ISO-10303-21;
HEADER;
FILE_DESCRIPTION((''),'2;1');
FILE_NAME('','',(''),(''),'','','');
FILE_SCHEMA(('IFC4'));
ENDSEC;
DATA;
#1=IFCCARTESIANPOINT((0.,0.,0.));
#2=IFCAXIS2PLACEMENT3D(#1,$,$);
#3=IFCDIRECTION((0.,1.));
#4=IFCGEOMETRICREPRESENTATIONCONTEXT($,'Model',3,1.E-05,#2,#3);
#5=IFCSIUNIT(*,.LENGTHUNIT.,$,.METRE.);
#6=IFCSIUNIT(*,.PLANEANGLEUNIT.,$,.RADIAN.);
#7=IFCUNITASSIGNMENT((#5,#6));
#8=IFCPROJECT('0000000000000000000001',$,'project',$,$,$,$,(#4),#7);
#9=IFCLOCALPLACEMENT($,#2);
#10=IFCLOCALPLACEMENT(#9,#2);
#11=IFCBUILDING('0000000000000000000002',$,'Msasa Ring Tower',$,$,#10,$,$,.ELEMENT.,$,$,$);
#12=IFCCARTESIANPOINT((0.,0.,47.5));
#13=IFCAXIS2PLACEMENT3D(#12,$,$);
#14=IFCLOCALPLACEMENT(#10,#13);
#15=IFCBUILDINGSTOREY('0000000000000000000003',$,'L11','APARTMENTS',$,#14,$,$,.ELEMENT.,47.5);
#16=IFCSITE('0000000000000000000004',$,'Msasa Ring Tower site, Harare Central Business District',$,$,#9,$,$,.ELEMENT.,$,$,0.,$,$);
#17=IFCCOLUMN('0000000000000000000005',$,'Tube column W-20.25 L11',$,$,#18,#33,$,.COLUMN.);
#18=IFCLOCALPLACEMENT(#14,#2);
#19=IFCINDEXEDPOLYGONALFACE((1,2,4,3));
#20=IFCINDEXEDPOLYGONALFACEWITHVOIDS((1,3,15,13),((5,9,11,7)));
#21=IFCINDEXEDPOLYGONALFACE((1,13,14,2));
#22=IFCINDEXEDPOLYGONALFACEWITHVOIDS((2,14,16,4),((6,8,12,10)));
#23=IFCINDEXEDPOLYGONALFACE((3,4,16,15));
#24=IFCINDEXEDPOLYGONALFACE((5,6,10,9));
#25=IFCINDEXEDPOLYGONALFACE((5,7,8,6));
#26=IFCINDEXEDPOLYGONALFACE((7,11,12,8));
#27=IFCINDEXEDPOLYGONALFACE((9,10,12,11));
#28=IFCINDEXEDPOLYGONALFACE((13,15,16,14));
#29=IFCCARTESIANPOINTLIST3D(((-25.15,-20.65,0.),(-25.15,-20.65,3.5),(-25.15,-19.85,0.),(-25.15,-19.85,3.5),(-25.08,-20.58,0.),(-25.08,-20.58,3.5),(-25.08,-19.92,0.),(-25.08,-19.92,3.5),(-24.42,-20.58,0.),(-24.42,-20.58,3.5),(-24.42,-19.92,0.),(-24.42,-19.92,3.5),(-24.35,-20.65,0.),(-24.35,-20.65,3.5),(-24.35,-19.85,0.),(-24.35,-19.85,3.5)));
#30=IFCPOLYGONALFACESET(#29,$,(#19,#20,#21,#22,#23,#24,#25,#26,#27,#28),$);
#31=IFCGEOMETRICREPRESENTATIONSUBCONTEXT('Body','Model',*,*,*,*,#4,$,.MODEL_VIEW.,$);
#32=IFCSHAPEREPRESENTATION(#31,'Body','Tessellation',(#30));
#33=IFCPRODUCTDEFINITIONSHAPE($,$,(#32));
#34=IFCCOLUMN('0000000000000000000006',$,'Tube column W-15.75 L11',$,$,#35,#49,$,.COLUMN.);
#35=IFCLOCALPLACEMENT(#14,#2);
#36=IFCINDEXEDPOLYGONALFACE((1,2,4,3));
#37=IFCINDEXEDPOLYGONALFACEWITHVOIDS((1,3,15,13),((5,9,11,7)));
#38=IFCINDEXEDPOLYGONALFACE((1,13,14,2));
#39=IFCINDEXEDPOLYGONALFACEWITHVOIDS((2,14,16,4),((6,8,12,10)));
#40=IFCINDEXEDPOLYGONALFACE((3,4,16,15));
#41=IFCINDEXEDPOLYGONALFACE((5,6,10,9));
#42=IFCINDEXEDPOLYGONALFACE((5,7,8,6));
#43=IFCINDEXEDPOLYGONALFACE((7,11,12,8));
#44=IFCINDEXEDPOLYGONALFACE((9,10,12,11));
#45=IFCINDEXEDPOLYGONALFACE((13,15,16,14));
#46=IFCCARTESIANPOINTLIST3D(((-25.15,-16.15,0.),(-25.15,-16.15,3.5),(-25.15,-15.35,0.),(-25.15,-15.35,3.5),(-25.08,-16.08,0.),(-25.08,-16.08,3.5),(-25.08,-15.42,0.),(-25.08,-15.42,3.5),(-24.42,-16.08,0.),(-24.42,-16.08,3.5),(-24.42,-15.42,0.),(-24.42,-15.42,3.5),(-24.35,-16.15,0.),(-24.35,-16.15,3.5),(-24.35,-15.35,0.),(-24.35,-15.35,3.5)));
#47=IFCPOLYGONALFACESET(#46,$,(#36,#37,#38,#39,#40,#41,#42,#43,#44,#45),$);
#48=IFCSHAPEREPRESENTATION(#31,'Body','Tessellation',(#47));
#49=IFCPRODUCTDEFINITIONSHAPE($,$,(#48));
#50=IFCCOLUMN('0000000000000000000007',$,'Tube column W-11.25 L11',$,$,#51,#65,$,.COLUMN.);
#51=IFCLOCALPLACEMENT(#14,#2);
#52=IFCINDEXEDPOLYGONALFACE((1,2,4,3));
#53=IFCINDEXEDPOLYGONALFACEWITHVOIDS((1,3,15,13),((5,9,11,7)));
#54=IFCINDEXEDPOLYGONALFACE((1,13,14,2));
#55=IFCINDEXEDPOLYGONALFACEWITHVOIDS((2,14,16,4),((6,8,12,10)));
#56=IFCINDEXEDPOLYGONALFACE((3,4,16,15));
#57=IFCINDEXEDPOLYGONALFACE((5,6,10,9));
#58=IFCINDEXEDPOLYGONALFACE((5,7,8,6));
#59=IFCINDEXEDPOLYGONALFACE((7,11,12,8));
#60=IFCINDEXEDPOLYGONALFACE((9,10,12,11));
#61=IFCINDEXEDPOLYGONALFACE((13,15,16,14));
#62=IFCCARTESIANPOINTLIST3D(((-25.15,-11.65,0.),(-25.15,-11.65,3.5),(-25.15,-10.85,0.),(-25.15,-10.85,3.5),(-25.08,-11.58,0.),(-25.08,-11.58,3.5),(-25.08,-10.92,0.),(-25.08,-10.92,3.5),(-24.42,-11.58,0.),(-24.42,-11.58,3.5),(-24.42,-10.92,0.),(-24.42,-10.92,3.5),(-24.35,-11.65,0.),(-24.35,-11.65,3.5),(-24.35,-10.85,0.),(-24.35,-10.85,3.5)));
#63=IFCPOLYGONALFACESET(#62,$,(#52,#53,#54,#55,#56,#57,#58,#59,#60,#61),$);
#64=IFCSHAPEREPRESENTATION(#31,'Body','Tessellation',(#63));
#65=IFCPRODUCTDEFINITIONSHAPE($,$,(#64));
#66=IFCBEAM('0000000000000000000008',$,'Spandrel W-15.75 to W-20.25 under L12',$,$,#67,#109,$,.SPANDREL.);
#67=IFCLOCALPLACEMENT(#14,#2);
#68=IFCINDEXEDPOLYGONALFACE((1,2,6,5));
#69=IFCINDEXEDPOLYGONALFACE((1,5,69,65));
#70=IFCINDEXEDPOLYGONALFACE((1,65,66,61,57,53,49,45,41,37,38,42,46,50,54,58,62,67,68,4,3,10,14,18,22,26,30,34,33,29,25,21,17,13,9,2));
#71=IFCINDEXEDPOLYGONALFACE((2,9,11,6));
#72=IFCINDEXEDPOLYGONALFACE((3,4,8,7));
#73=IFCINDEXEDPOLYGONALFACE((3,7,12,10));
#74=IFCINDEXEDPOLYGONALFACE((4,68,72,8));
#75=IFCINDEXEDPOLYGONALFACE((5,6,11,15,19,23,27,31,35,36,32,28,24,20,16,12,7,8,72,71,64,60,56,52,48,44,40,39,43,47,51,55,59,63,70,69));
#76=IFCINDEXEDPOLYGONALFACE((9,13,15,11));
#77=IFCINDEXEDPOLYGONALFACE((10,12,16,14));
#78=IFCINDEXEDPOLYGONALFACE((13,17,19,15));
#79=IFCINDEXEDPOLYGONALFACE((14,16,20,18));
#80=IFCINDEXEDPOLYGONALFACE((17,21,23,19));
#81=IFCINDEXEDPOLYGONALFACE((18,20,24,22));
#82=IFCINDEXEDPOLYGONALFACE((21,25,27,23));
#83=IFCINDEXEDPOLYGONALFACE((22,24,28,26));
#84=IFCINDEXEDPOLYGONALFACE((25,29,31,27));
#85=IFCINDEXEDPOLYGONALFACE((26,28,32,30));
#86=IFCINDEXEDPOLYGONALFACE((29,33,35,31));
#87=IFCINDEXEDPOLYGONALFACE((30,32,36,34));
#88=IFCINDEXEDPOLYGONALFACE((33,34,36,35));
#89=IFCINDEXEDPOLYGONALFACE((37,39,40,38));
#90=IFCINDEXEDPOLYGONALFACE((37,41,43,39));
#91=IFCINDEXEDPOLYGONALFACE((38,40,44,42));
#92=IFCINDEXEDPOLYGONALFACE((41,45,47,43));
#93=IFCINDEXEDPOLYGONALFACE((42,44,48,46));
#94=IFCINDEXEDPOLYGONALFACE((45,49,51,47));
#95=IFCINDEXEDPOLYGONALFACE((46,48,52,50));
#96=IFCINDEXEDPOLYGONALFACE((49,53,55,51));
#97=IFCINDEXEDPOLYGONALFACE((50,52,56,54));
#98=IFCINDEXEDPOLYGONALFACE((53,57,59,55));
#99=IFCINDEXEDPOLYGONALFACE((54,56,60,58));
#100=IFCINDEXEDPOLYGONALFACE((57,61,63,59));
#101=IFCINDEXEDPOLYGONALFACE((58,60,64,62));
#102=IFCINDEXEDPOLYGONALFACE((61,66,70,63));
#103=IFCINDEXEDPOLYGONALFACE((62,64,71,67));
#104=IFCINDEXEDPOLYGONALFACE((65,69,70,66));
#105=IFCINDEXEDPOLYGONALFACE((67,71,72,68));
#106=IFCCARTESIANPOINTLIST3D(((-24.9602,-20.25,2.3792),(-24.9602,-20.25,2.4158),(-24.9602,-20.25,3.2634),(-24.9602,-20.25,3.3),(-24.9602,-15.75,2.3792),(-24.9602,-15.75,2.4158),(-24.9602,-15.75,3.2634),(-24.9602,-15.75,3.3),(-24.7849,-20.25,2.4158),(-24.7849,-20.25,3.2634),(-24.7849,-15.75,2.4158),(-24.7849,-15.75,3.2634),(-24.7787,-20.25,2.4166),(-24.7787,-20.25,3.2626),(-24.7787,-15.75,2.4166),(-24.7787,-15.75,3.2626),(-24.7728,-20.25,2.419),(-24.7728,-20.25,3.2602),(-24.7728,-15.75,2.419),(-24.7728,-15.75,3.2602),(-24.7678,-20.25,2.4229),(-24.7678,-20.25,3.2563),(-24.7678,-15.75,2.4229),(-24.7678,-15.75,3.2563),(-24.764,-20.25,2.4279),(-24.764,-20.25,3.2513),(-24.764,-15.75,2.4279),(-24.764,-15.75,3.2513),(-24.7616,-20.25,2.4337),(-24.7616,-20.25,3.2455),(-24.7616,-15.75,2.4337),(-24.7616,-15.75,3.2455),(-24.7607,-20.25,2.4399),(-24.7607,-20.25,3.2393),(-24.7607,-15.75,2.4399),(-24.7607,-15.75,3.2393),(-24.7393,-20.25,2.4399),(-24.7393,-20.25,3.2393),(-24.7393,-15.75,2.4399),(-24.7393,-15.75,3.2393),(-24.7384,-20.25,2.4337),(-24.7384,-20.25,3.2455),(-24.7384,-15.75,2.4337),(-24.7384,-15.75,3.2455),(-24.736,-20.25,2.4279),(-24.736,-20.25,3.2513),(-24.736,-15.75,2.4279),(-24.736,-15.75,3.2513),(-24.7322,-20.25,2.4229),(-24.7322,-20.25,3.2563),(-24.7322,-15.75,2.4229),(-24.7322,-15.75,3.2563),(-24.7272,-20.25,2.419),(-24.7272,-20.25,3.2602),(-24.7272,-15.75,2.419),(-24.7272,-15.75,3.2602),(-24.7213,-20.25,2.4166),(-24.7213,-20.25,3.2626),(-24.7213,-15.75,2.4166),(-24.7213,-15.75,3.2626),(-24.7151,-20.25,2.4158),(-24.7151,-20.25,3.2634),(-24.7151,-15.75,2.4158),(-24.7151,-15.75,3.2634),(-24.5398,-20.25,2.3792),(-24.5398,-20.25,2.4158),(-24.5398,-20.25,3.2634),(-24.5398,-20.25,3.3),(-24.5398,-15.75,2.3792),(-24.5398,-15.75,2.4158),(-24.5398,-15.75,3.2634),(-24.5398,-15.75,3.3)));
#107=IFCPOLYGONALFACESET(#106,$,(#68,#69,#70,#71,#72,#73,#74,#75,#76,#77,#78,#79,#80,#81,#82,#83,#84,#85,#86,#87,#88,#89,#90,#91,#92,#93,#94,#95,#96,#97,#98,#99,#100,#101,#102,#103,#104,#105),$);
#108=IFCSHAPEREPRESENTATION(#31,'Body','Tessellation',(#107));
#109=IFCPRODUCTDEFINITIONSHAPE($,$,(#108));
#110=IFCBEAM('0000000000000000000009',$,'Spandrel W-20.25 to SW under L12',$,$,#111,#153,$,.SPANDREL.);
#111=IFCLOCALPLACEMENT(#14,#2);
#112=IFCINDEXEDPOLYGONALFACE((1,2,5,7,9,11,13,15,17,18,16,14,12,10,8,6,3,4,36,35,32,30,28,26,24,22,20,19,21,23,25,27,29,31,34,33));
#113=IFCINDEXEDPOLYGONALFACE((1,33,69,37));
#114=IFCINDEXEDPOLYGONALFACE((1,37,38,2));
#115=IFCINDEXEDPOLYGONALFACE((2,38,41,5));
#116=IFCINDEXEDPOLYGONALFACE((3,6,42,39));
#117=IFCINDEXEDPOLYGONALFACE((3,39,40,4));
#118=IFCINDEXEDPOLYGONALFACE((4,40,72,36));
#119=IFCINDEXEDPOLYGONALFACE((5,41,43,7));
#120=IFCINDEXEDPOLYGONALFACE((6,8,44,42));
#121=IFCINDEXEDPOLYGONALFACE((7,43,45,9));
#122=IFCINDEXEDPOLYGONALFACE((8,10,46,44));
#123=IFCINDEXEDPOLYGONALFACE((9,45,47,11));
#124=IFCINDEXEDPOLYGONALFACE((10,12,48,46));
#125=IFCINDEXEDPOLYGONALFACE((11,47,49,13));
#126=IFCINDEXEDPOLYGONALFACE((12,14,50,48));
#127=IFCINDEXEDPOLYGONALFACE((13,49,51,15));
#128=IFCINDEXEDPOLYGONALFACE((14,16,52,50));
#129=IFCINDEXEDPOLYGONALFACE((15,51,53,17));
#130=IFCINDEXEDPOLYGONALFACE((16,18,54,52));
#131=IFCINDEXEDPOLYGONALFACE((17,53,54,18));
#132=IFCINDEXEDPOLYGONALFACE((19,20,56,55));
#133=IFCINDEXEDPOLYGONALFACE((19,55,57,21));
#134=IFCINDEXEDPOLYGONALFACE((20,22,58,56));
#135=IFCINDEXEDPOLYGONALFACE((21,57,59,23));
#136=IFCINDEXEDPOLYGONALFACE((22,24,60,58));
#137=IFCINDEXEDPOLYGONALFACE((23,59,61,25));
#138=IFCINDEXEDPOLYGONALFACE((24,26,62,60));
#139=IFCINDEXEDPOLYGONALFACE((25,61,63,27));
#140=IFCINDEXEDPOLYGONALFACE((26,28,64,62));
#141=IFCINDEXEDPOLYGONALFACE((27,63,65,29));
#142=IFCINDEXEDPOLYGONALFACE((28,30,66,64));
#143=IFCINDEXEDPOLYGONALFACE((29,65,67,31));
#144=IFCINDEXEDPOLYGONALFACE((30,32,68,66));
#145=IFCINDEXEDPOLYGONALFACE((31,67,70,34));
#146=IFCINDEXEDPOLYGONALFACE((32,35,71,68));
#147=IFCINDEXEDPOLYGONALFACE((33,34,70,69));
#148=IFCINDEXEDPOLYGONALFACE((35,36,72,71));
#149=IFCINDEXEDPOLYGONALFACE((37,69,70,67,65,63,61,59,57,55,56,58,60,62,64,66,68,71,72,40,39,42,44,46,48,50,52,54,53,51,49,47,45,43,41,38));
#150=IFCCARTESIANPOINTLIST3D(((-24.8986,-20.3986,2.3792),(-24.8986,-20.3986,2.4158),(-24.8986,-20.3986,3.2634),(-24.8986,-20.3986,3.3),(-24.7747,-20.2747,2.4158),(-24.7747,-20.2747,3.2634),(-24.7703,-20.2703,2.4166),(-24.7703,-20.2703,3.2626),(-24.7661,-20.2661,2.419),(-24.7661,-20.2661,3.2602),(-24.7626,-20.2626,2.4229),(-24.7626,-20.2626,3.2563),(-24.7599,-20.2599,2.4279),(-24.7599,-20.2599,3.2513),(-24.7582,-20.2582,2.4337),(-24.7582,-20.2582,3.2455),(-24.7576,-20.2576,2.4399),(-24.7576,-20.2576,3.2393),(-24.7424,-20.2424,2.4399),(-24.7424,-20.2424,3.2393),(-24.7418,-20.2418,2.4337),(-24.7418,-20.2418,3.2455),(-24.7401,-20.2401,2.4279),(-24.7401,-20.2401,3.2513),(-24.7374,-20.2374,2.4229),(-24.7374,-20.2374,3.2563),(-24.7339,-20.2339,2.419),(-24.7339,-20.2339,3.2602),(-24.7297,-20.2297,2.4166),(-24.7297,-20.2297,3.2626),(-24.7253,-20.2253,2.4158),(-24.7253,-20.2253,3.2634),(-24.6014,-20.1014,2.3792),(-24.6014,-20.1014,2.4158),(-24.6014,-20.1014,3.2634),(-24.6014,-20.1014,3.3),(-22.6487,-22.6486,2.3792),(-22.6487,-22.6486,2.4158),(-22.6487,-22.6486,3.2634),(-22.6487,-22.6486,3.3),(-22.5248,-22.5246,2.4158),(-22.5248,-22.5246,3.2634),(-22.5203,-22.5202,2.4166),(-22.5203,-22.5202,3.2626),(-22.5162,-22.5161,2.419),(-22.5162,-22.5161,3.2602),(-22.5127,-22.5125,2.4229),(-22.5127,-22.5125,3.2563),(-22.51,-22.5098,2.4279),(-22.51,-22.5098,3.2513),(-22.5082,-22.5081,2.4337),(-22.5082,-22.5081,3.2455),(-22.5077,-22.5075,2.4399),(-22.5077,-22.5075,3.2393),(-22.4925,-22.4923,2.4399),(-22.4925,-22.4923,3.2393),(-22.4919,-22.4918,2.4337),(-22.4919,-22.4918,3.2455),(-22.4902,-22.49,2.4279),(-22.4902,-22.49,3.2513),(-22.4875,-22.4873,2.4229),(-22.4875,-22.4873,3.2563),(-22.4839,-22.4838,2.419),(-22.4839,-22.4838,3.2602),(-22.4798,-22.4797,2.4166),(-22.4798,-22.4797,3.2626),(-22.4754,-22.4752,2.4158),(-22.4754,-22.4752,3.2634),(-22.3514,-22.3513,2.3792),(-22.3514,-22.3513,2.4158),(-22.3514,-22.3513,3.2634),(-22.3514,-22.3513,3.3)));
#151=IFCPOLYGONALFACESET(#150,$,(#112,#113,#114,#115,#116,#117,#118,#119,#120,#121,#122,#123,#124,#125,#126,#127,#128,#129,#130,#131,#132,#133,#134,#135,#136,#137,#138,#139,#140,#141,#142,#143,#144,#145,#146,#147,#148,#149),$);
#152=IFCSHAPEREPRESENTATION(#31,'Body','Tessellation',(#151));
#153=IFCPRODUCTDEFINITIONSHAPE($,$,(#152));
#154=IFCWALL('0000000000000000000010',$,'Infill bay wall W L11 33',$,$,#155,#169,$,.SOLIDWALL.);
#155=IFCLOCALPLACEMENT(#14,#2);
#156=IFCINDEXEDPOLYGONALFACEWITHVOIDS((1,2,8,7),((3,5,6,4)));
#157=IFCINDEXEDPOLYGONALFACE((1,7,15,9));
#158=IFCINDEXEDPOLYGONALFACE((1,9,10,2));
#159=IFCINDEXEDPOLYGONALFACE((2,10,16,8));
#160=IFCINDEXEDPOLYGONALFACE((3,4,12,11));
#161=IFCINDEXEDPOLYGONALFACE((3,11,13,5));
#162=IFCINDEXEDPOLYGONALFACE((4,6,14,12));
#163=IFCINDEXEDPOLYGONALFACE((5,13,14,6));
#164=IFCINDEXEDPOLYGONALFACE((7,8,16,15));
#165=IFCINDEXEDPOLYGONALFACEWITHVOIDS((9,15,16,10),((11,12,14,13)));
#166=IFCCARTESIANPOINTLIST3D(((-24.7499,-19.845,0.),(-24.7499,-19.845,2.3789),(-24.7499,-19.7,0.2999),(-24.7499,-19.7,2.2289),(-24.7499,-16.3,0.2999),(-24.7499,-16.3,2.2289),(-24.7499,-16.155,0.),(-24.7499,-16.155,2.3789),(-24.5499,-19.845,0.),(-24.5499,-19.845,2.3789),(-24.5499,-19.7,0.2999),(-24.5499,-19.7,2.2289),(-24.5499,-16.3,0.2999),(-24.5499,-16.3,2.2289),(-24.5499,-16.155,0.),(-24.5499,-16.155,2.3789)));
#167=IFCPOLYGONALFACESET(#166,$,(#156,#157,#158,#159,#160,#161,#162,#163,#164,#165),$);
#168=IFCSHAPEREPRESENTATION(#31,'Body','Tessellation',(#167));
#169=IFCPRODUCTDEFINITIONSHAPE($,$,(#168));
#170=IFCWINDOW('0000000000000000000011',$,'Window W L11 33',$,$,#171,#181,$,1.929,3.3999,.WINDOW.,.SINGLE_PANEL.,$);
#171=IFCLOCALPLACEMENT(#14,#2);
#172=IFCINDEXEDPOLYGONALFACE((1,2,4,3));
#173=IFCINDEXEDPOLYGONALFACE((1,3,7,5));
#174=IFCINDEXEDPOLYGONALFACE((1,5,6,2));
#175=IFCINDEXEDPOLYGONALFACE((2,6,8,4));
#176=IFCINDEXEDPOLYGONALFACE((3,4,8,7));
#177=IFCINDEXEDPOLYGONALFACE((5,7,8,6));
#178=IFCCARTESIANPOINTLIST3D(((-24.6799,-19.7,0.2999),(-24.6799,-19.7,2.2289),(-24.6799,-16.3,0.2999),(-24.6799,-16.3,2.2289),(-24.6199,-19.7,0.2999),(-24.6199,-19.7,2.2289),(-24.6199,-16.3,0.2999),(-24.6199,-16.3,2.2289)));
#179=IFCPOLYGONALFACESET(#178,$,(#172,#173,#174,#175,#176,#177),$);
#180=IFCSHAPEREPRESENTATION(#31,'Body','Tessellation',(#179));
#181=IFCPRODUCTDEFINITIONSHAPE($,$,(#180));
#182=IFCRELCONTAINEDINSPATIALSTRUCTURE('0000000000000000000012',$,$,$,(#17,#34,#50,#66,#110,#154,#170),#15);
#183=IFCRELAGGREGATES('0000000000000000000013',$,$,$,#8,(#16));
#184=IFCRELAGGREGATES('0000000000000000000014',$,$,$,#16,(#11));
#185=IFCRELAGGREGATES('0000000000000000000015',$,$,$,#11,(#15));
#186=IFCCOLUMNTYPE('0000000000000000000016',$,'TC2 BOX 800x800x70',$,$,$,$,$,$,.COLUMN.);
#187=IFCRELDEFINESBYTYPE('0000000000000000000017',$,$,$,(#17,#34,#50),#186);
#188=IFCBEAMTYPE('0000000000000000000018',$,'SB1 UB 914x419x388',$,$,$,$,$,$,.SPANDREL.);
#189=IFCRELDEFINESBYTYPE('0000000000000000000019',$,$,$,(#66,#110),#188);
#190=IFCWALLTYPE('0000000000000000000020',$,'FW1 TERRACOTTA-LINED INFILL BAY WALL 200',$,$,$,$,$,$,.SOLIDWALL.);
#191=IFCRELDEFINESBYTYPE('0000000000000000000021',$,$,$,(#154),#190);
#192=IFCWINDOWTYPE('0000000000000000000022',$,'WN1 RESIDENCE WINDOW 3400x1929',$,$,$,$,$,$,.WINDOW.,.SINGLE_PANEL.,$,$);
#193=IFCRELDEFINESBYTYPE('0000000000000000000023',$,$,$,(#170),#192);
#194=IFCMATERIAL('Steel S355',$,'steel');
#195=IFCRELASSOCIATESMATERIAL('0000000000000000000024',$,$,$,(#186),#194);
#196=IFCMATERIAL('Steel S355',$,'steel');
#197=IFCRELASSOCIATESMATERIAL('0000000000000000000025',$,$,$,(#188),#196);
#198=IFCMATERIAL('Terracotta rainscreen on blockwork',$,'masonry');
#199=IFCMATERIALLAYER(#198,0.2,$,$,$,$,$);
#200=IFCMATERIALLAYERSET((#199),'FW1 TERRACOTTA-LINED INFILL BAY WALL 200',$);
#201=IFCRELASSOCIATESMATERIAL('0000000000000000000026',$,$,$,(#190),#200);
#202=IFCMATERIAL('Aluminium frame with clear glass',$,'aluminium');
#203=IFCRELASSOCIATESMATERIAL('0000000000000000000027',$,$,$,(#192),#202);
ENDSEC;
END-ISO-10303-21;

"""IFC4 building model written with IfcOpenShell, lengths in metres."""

from ifc_helpers import new_model, si_unit, direction, frame, frame_2d, origin, origin_2d, place, context, subcontext, project, spatial, rectangle, hollow_rectangle, i_section, extrude, material, layer, layer_set, material_profile, profile_set, type_object, element, fill, save


model = new_model("IFC4")

# Units and contexts
model_context = context("Model", 3, precision=1e-05, world=origin(), true_north=direction((0.0, 1.0)))
body_context = subcontext(model_context, "Body", "Model", "MODEL_VIEW")
ifc_project = project(units=[si_unit("LENGTHUNIT", "METRE"), si_unit("PLANEANGLEUNIT", "RADIAN")], contexts=[model_context])

# Site, building, storey
site_placement = place(None, origin())
site = spatial("IfcSite", under=ifc_project, at=site_placement, Name="Msasa Ring Tower site, Harare Central Business District", CompositionType="ELEMENT", RefElevation=0.0)
building_placement = place(site_placement, origin())
building = spatial("IfcBuilding", under=site, at=building_placement, Name="Msasa Ring Tower", CompositionType="ELEMENT")
storey_placement = place(building_placement, frame((0.0, 0.0, 47.5)))
storey = spatial("IfcBuildingStorey", under=building, at=storey_placement, Name="L11", Description="APARTMENTS", CompositionType="ELEMENT", Elevation=47.5)

# Columns
ifc_material_1 = material(Name="Steel S355", Category="steel")
ifc_material_profile_1 = material_profile(ifc_material_1, hollow_rectangle(XDim=0.8, YDim=0.8, WallThickness=0.0701, at=origin_2d()), Name="BOX 800x800x70")
ifc_profile_set_1 = profile_set([ifc_material_profile_1], Name="Steel S355")
column_type = type_object("IfcColumnType", Name="TC2 BOX 800x800x70", PredefinedType="COLUMN", material=ifc_profile_set_1)
for number, where, z_axis, x_axis, name in (
    (1, (-24.75, -20.25, 0.0), (0.0, 0.0, 1.0), (1.0, 0.0, 0.0), "Tube column W-20.25 L11"),
    (2, (-24.75, -15.75, 0.0), (0.0, 0.0, 1.0), (1.0, 0.0, 0.0), "Tube column W-15.75 L11"),
    (3, (-24.75, -11.25, 0.0), (0.0, 0.0, 1.0), (1.0, 0.0, 0.0), "Tube column W-11.25 L11"),
):
    element("IfcColumn", number, at=place(storey_placement, frame(where, z_axis=z_axis, x_axis=x_axis)), inside=storey, type_object=column_type, Name=name, PredefinedType="COLUMN", context=body_context, shape_type="SweptSolid", body=[
        extrude(hollow_rectangle(XDim=0.8, YDim=0.8, WallThickness=0.0701, at=origin_2d()), origin(), (0.0, 0.0, 1.0), 3.5),
    ])

# Beams
ifc_material_2 = material(Name="Steel S355", Category="steel")
ifc_material_profile_2 = material_profile(ifc_material_2, i_section(OverallWidth=0.4204, OverallDepth=0.9209, WebThickness=0.0215, FlangeThickness=0.0366, FilletRadius=0.0242, at=origin_2d()), Name="UB 914x419x388")
ifc_profile_set_2 = profile_set([ifc_material_profile_2], Name="Steel S355")
beam_type = type_object("IfcBeamType", Name="SB1 UB 914x419x388", PredefinedType="SPANDREL", material=ifc_profile_set_2)
beam_1_placement = place(storey_placement, frame((-24.75, -15.75, 2.8396), z_axis=(0.0, -1.0, 0.0), x_axis=(1.0, 0.0, 0.0)))
element("IfcBeam", 4, at=beam_1_placement, inside=storey, type_object=beam_type, Name="Spandrel W-15.75 to W-20.25 under L12", PredefinedType="SPANDREL", context=body_context, shape_type="SweptSolid", body=[
    extrude(i_section(OverallWidth=0.4204, OverallDepth=0.9209, WebThickness=0.0215, FlangeThickness=0.0366, FilletRadius=0.0242, at=origin_2d()), origin(), (0.0, 0.0, 1.0), 4.5),
])
beam_2_placement = place(storey_placement, frame((-24.75, -20.25, 2.8396), z_axis=(0.707107, -0.707107, 0.0), x_axis=(0.707107, 0.707107, 0.0)))
element("IfcBeam", 5, at=beam_2_placement, inside=storey, type_object=beam_type, Name="Spandrel W-20.25 to SW under L12", PredefinedType="SPANDREL", context=body_context, shape_type="SweptSolid", body=[
    extrude(i_section(OverallWidth=0.4204, OverallDepth=0.9209, WebThickness=0.0215, FlangeThickness=0.0366, FilletRadius=0.0242, at=origin_2d()), origin(), (0.0, 0.0, 1.0), 3.1819),
])

# Wall, opening, window
ifc_material_3 = material(Name="Terracotta rainscreen on blockwork", Category="masonry")
ifc_layer_1 = layer(ifc_material_3, 0.2)
ifc_layer_set_1 = layer_set([ifc_layer_1], Name="FW1 TERRACOTTA-LINED INFILL BAY WALL 200")
wall_type_1 = type_object("IfcWallType", Name="FW1 TERRACOTTA-LINED INFILL BAY WALL 200", PredefinedType="SOLIDWALL", material=ifc_layer_set_1)
wall_1_placement = place(storey_placement, frame((-24.6499, -19.845, 0.0), z_axis=(0.0, 0.0, 1.0), x_axis=(0.0, 1.0, 0.0)))
wall_1 = element("IfcWall", 6, at=wall_1_placement, inside=storey, type_object=wall_type_1, Name="Infill bay wall W L11 33", PredefinedType="SOLIDWALL", context=body_context, shape_type="SweptSolid", body=[
    extrude(rectangle(XDim=3.6899, YDim=0.2, at=frame_2d((1.845, 0.0))), origin(), (0.0, 0.0, 1.0), 2.3789),
])
opening_1_placement = place(wall_1_placement, frame((0.145, 0.0, 0.3)))
opening_1 = element("IfcOpeningElement", 7, at=opening_1_placement, cuts=wall_1, PredefinedType="OPENING", context=body_context, shape_type="SweptSolid", body=[
    extrude(rectangle(XDim=3.3999, YDim=1.929, at=frame_2d((1.7, 0.9644))), frame((0.0, 0.1099, 0.0), z_axis=(0.0, -1.0, 0.0), x_axis=(1.0, 0.0, 0.0)), (0.0, 0.0, 1.0), 0.22),
])
ifc_material_4 = material(Name="Aluminium frame with clear glass", Category="aluminium")
window_type = type_object("IfcWindowType", Name="WN1 RESIDENCE WINDOW 3400x1929", PartitioningType="SINGLE_PANEL", PredefinedType="WINDOW", material=ifc_material_4)
window_1_placement = place(opening_1_placement, origin())
window_1 = element("IfcWindow", 8, at=window_1_placement, inside=storey, type_object=window_type, Name="Window W L11 33", OverallHeight=1.929, OverallWidth=3.3999, PartitioningType="SINGLE_PANEL", PredefinedType="WINDOW", context=body_context, shape_type="SweptSolid", body=[
    extrude(rectangle(XDim=3.3999, YDim=1.929, at=frame_2d((1.7, 0.9644))), frame((0.0, 0.03, 0.0), z_axis=(0.0, -1.0, 0.0), x_axis=(1.0, 0.0, 0.0)), (0.0, 0.0, 1.0), 0.0601),
])
fill(opening_1, window_1)

save(model, "model.ifc")
